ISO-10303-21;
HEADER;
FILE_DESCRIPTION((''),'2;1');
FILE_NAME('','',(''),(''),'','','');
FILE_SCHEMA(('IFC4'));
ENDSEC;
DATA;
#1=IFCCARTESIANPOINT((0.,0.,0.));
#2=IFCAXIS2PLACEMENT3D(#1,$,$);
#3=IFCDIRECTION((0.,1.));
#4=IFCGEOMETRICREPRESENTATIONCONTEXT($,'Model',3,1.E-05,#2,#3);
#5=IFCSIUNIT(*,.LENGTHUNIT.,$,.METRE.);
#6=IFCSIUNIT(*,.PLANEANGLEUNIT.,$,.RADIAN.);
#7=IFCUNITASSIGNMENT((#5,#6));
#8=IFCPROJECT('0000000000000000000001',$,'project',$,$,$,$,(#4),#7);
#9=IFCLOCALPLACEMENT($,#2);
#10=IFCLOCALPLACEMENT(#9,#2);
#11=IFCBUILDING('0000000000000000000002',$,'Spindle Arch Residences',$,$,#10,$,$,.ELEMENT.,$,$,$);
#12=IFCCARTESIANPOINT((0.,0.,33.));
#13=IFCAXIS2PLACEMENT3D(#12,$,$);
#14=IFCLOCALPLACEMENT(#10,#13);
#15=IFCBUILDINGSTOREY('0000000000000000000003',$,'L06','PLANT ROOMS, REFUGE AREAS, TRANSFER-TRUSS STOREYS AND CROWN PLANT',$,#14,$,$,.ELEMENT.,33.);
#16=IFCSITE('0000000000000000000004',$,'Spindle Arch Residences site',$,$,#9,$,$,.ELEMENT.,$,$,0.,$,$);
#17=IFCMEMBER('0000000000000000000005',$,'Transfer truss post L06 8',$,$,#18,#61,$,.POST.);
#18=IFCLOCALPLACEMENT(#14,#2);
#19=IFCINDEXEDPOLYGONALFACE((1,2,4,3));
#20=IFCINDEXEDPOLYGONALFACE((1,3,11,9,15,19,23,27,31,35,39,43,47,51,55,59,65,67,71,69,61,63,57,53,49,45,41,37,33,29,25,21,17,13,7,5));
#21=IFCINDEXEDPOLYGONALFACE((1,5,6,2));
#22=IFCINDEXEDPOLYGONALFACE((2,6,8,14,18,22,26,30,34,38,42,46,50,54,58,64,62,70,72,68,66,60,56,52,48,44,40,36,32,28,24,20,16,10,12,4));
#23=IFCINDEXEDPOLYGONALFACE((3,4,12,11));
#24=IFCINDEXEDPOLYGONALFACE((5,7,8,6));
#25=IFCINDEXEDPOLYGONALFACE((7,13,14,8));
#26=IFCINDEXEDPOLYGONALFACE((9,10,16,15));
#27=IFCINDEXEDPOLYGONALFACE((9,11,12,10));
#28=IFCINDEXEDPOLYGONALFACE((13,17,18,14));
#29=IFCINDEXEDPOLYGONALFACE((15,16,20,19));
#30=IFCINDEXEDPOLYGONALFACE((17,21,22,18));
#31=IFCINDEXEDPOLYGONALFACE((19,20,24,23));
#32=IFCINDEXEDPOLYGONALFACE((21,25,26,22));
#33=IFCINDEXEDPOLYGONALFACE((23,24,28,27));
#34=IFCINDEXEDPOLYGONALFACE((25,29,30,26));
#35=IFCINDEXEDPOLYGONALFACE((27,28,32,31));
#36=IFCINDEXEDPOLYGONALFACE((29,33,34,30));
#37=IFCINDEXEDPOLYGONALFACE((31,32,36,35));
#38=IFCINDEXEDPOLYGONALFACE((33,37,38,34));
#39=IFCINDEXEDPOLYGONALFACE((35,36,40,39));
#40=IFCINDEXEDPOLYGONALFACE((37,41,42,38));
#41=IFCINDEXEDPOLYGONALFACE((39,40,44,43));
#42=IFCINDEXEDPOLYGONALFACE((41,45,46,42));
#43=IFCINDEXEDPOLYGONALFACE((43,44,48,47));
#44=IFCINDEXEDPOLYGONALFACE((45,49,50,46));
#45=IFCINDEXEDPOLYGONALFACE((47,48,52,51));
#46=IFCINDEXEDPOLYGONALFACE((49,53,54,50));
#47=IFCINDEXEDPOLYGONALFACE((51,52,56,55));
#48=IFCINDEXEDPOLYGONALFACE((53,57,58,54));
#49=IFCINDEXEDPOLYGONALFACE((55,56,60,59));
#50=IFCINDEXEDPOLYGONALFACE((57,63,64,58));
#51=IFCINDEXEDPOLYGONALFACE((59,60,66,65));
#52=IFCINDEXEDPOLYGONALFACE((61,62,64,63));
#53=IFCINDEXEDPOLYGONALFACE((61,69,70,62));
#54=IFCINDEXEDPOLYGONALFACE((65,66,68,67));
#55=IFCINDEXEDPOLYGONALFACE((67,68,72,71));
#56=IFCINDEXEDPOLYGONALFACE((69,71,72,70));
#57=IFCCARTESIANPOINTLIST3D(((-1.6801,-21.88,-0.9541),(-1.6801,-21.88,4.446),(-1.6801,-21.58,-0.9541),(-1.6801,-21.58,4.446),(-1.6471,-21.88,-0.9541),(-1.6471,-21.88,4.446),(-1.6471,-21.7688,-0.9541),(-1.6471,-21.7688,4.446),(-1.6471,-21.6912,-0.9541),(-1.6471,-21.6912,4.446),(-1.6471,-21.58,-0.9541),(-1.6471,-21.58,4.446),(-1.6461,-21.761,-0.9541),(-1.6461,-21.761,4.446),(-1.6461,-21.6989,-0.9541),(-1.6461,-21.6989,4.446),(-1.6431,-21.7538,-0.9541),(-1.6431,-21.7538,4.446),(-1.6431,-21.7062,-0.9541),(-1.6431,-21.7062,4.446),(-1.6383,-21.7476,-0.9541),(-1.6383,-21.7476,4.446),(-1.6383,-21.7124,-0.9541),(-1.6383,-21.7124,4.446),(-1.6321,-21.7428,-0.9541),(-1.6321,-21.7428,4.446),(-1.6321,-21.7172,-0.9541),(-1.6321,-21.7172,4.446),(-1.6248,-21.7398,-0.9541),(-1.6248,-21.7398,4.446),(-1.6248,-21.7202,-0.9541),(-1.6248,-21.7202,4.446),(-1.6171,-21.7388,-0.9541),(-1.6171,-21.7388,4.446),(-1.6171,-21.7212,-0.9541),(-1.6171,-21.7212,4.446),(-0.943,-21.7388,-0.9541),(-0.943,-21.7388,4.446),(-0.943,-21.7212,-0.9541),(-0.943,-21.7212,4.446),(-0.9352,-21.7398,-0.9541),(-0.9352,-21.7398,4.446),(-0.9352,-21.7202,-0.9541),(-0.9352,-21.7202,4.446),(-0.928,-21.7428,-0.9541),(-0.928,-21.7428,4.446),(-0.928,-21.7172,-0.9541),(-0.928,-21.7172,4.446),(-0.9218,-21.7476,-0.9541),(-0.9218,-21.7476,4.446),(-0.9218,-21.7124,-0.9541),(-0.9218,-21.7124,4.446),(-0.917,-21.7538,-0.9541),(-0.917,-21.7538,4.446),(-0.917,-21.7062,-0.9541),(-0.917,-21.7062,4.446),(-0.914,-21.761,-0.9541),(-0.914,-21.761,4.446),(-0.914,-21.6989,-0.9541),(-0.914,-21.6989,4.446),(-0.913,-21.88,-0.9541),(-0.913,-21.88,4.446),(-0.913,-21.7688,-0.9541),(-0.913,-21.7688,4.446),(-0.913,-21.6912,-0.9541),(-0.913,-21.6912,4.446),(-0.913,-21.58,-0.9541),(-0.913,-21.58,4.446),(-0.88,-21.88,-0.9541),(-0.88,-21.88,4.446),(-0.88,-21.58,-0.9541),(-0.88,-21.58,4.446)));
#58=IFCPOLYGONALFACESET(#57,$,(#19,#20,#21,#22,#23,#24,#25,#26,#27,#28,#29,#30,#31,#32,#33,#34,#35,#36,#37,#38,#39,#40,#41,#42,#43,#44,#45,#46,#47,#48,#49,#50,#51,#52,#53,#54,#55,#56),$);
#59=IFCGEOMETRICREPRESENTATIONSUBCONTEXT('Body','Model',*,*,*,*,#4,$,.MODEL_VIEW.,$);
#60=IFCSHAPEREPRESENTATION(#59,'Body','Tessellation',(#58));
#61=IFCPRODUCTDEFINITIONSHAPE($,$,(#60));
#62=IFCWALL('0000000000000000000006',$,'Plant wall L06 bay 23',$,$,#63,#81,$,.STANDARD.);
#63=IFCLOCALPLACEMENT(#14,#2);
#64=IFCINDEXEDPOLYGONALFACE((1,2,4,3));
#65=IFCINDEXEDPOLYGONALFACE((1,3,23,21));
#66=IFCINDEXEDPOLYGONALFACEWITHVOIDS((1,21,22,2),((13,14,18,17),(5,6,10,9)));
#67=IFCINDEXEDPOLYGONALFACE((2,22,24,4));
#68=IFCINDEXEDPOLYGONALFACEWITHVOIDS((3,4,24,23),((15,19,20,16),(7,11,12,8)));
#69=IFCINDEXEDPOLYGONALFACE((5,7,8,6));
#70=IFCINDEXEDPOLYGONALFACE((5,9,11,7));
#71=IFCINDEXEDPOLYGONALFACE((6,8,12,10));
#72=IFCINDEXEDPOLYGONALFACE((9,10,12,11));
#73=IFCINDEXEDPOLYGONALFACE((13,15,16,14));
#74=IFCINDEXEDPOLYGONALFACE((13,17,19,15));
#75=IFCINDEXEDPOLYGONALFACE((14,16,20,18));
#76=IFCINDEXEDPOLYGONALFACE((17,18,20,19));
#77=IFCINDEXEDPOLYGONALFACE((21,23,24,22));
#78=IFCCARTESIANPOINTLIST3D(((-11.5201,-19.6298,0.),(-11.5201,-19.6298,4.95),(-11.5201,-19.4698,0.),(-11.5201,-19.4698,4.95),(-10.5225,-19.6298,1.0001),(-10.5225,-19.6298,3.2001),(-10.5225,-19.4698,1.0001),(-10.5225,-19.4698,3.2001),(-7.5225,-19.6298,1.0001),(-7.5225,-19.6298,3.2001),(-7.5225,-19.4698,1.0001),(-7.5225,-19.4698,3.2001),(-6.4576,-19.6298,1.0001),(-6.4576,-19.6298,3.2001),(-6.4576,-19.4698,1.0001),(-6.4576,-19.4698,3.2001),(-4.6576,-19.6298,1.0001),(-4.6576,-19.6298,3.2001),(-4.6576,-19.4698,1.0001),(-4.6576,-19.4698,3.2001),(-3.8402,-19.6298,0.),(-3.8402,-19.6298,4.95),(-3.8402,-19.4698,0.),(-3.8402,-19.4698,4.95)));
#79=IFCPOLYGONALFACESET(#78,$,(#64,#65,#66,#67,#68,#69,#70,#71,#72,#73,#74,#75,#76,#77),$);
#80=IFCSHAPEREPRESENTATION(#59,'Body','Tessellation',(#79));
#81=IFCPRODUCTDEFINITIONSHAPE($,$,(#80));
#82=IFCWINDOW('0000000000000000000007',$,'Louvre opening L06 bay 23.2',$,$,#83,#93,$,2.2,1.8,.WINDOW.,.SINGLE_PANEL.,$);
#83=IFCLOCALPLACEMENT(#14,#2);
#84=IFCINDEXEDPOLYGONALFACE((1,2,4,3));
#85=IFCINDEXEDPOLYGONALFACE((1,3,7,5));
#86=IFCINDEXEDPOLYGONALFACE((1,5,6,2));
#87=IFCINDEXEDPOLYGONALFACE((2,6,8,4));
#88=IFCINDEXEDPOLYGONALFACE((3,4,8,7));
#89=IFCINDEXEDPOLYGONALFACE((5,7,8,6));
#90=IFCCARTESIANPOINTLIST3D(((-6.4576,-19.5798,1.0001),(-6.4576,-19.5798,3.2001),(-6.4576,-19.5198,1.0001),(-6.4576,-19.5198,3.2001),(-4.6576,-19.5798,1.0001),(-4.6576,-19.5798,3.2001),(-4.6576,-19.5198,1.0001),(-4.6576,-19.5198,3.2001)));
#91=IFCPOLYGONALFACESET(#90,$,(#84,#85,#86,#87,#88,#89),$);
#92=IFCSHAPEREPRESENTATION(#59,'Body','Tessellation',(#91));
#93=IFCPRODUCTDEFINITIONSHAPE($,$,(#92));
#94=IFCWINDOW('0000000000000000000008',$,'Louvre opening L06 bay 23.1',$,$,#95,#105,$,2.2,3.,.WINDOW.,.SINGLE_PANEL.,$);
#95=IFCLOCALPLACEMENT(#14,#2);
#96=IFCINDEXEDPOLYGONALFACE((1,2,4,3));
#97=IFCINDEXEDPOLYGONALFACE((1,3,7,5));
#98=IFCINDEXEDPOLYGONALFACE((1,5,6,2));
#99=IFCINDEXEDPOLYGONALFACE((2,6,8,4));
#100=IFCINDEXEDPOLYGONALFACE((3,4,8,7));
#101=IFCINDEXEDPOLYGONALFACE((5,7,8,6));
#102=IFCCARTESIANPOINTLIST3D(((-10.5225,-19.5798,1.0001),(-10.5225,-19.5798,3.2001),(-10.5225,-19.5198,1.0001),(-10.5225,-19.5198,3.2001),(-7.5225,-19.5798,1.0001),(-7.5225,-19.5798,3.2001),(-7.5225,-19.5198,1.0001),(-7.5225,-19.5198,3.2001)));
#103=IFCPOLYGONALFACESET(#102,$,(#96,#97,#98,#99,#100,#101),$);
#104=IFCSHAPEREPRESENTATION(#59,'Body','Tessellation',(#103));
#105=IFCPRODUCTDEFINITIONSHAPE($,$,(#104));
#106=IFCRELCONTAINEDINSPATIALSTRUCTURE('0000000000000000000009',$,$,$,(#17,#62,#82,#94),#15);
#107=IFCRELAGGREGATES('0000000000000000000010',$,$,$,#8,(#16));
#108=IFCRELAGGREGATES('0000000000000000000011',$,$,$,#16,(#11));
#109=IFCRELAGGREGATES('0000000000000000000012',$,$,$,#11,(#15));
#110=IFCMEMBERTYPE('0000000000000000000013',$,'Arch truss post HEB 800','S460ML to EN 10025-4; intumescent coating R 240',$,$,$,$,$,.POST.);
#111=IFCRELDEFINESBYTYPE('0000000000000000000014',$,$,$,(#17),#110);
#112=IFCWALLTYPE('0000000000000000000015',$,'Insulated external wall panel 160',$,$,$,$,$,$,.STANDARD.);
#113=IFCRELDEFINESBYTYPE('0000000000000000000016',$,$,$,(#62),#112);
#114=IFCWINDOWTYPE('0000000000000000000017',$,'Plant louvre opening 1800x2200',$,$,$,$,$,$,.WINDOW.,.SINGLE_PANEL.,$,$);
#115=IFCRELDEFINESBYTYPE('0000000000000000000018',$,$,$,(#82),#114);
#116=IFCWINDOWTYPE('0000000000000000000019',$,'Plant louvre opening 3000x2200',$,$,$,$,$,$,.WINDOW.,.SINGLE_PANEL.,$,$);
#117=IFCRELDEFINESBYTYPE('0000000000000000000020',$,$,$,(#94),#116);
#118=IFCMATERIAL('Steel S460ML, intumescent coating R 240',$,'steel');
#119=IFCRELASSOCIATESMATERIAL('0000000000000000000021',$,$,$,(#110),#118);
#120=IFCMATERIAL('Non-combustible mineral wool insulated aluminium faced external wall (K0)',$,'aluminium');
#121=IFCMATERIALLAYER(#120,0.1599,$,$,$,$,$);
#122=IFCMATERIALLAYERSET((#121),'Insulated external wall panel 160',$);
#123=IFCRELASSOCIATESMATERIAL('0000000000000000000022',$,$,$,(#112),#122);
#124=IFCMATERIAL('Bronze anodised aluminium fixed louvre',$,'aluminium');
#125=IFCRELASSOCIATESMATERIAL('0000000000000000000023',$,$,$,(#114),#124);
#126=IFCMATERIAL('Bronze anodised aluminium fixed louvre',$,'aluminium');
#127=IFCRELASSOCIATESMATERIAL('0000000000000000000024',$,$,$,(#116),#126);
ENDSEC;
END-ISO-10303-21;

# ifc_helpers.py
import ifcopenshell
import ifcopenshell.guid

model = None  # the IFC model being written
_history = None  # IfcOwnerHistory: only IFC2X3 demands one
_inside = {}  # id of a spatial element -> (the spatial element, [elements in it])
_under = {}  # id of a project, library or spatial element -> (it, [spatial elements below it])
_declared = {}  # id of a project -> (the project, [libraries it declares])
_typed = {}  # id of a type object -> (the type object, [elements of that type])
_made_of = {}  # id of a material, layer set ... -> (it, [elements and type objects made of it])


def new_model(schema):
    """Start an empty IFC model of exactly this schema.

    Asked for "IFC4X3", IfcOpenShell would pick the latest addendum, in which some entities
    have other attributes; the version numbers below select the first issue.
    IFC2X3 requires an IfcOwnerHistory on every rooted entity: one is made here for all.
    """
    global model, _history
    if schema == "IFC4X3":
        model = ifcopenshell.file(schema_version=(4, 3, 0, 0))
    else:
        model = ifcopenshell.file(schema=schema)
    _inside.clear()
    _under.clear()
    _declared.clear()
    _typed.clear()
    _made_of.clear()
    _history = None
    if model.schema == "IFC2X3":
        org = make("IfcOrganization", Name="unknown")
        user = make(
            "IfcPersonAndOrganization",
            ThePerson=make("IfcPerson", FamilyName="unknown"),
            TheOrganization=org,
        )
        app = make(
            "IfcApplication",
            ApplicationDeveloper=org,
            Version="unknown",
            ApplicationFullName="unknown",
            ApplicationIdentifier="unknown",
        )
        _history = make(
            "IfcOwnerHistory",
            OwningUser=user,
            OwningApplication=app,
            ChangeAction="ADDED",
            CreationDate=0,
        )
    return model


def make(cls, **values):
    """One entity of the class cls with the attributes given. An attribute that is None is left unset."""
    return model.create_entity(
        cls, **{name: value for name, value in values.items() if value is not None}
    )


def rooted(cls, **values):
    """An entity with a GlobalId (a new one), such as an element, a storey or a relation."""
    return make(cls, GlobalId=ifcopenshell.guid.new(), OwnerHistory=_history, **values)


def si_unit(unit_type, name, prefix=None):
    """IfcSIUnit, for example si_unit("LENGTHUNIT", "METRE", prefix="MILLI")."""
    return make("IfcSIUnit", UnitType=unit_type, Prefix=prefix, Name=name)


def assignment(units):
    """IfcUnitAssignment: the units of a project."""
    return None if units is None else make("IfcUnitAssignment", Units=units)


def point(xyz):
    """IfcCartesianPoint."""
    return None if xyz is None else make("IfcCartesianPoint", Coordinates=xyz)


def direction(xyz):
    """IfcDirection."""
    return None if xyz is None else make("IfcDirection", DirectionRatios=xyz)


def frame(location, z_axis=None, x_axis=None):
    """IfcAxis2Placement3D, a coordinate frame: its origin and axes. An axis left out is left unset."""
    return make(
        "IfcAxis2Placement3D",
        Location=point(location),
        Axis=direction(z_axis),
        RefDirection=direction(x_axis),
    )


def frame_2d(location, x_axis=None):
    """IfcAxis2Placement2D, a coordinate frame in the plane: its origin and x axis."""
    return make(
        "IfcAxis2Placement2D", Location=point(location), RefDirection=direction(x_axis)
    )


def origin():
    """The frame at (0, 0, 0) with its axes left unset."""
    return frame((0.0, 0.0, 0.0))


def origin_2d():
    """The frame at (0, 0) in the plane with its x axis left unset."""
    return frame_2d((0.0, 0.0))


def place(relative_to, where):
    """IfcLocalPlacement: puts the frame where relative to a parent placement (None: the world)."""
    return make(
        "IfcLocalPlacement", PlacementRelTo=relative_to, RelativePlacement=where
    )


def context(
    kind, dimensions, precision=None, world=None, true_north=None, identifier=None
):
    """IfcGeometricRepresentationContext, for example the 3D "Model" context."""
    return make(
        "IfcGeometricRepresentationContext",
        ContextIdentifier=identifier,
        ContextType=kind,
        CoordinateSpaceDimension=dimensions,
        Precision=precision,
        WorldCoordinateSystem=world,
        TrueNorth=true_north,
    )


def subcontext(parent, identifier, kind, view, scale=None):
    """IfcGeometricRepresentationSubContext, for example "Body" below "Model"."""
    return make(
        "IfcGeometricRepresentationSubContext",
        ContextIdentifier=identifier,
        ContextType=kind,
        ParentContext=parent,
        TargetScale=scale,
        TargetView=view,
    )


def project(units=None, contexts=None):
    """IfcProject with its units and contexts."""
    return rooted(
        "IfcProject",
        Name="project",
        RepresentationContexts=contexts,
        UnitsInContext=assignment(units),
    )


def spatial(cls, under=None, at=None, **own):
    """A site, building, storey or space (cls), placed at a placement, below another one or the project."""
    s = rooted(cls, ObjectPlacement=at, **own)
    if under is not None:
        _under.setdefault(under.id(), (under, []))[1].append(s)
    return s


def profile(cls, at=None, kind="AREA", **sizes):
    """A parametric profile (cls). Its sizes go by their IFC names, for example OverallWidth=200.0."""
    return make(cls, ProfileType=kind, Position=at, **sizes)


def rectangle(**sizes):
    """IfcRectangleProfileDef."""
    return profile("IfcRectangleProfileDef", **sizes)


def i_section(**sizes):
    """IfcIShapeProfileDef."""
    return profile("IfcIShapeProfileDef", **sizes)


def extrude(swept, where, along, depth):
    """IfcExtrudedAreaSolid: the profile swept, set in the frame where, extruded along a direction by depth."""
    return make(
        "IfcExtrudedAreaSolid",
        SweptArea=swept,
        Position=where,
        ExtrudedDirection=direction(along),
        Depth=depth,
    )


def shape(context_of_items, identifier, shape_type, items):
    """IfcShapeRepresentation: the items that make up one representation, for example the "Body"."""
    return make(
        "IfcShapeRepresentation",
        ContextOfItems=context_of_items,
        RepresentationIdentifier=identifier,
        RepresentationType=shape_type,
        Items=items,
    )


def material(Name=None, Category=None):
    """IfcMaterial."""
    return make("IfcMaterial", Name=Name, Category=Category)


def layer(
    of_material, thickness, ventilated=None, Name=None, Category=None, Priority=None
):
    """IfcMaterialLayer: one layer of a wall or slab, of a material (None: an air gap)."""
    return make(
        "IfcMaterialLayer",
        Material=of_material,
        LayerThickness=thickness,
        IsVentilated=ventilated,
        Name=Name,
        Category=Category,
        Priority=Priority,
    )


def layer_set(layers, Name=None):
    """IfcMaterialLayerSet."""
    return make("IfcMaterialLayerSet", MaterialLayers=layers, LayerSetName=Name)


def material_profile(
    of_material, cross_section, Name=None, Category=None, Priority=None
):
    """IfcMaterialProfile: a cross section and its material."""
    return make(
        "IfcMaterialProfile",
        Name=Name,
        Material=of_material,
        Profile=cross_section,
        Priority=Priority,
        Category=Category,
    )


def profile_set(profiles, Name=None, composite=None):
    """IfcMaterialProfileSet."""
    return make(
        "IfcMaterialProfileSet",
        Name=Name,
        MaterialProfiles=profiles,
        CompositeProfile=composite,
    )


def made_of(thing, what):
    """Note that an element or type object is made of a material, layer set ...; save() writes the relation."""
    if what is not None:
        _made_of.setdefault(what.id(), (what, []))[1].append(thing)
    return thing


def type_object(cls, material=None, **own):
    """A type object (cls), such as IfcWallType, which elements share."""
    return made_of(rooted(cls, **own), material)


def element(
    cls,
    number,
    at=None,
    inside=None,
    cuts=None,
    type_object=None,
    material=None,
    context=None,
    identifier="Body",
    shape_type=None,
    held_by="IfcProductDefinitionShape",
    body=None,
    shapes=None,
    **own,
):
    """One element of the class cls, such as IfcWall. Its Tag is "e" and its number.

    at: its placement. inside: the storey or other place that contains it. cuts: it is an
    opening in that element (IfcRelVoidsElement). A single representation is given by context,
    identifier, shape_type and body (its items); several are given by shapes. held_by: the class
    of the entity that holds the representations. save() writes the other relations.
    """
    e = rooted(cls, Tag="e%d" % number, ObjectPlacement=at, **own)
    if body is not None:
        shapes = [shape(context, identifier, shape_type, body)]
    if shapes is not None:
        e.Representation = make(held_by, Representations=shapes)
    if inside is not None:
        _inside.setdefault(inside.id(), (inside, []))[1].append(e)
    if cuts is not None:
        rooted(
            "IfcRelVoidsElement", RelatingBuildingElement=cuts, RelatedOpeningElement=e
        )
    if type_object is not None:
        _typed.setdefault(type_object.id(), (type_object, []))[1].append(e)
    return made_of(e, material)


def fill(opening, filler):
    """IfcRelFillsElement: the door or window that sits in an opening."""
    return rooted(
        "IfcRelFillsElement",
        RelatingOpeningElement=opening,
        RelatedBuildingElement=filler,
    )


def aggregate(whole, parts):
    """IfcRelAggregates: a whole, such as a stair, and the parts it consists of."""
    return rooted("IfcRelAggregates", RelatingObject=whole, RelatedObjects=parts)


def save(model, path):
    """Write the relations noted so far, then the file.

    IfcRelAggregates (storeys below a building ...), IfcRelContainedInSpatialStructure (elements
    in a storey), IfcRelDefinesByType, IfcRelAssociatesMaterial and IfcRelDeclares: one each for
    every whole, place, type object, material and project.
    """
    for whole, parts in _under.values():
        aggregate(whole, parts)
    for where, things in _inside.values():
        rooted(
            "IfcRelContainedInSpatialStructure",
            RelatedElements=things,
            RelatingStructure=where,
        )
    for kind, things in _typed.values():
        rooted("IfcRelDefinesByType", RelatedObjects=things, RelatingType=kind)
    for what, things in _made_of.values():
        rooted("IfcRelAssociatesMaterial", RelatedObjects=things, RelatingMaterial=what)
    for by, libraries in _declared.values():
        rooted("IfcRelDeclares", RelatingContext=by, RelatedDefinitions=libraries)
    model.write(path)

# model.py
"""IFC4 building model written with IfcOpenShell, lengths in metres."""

from ifc_helpers import new_model, si_unit, direction, frame, frame_2d, origin, origin_2d, place, context, subcontext, project, spatial, rectangle, i_section, extrude, material, layer, layer_set, material_profile, profile_set, type_object, element, fill, save


model = new_model("IFC4")

# Units and contexts
model_context = context("Model", 3, precision=1e-05, world=origin(), true_north=direction((0.0, 1.0)))
body_context = subcontext(model_context, "Body", "Model", "MODEL_VIEW")
ifc_project = project(units=[si_unit("LENGTHUNIT", "METRE"), si_unit("PLANEANGLEUNIT", "RADIAN")], contexts=[model_context])

# Site, building, storey
site_placement = place(None, origin())
site = spatial("IfcSite", under=ifc_project, at=site_placement, Name="Spindle Arch Residences site", CompositionType="ELEMENT", RefElevation=0.0)
building_placement = place(site_placement, origin())
building = spatial("IfcBuilding", under=site, at=building_placement, Name="Spindle Arch Residences", CompositionType="ELEMENT")
storey_placement = place(building_placement, frame((0.0, 0.0, 33.0)))
storey = spatial("IfcBuildingStorey", under=building, at=storey_placement, Name="L06", Description="PLANT ROOMS, REFUGE AREAS, TRANSFER-TRUSS STOREYS AND CROWN PLANT", CompositionType="ELEMENT", Elevation=33.0)

# Member
ifc_material_1 = material(Name="Steel S460ML, intumescent coating R 240", Category="steel")
ifc_material_profile_1 = material_profile(ifc_material_1, i_section(OverallWidth=0.3, OverallDepth=0.8, WebThickness=0.0176, FlangeThickness=0.033, FilletRadius=0.03, at=origin_2d()), Name="HEB 800")
ifc_profile_set_1 = profile_set([ifc_material_profile_1], Name="Steel S460ML, intumescent coating R 240")
member_type_1 = type_object("IfcMemberType", Name="Arch truss post HEB 800", Description="S460ML to EN 10025-4; intumescent coating R 240", PredefinedType="POST", material=ifc_profile_set_1)
for number, where, z_axis, x_axis, name in (
    (1, (-1.28, -21.73, -0.9541), (0.0, 0.0, 1.0), (0.0, 1.0, 0.0), "Transfer truss post L06 8"),
):
    element("IfcMember", number, at=place(storey_placement, frame(where, z_axis=z_axis, x_axis=x_axis)), inside=storey, type_object=member_type_1, Name=name, PredefinedType="POST", context=body_context, shape_type="SweptSolid", body=[
        extrude(i_section(OverallWidth=0.3, OverallDepth=0.8, WebThickness=0.0176, FlangeThickness=0.033, FilletRadius=0.03, at=origin_2d()), origin(), (0.0, 0.0, 1.0), 5.4001),
    ])

# Wall, openings, windows
ifc_material_2 = material(Name="Non-combustible mineral wool insulated aluminium faced external wall (K0)", Category="aluminium")
ifc_layer = layer(ifc_material_2, 0.1599)
ifc_layer_set = layer_set([ifc_layer], Name="Insulated external wall panel 160")
wall_type = type_object("IfcWallType", Name="Insulated external wall panel 160", PredefinedType="STANDARD", material=ifc_layer_set)
wall_placement = place(storey_placement, frame((-11.52, -19.5498, 0.0), z_axis=(0.0, 0.0, 1.0), x_axis=(1.0, 0.0, 0.0)))
wall = element("IfcWall", 2, at=wall_placement, inside=storey, type_object=wall_type, Name="Plant wall L06 bay 23", PredefinedType="STANDARD", context=body_context, shape_type="SweptSolid", body=[
    extrude(rectangle(XDim=7.6799, YDim=0.1599, at=frame_2d((3.8398, 0.0))), origin(), (0.0, 0.0, 1.0), 4.95),
])
opening_1_placement = place(wall_placement, frame((0.9976, 0.0, 1.0)))
opening_1 = element("IfcOpeningElement", 3, at=opening_1_placement, cuts=wall, PredefinedType="OPENING", context=body_context, shape_type="SweptSolid", body=[
    extrude(rectangle(XDim=3.0, YDim=2.2, at=frame_2d((1.5, 1.1001))), frame((0.0, 0.0898, 0.0), z_axis=(0.0, -1.0, 0.0), x_axis=(1.0, 0.0, 0.0)), (0.0, 0.0, 1.0), 0.1799),
])
opening_2_placement = place(wall_placement, frame((5.0625, 0.0, 1.0)))
opening_2 = element("IfcOpeningElement", 4, at=opening_2_placement, cuts=wall, PredefinedType="OPENING", context=body_context, shape_type="SweptSolid", body=[
    extrude(rectangle(XDim=1.8, YDim=2.2, at=frame_2d((0.8999, 1.1001))), frame((0.0, 0.0898, 0.0), z_axis=(0.0, -1.0, 0.0), x_axis=(1.0, 0.0, 0.0)), (0.0, 0.0, 1.0), 0.1799),
])
ifc_material_3 = material(Name="Bronze anodised aluminium fixed louvre", Category="aluminium")
window_type_1 = type_object("IfcWindowType", Name="Plant louvre opening 1800x2200", PartitioningType="SINGLE_PANEL", PredefinedType="WINDOW", material=ifc_material_3)
window_1_placement = place(opening_2_placement, origin())
window_1 = element("IfcWindow", 5, at=window_1_placement, inside=storey, type_object=window_type_1, Name="Louvre opening L06 bay 23.2", OverallHeight=2.2, OverallWidth=1.8, PartitioningType="SINGLE_PANEL", PredefinedType="WINDOW", context=body_context, shape_type="SweptSolid", body=[
    extrude(rectangle(XDim=1.8, YDim=2.2, at=frame_2d((0.8999, 1.1001))), frame((0.0, 0.03, 0.0), z_axis=(0.0, -1.0, 0.0), x_axis=(1.0, 0.0, 0.0)), (0.0, 0.0, 1.0), 0.0601),
])
fill(opening_2, window_1)
ifc_material_4 = material(Name="Bronze anodised aluminium fixed louvre", Category="aluminium")
window_type_2 = type_object("IfcWindowType", Name="Plant louvre opening 3000x2200", PartitioningType="SINGLE_PANEL", PredefinedType="WINDOW", material=ifc_material_4)
window_2_placement = place(opening_1_placement, origin())
window_2 = element("IfcWindow", 6, at=window_2_placement, inside=storey, type_object=window_type_2, Name="Louvre opening L06 bay 23.1", OverallHeight=2.2, OverallWidth=3.0, PartitioningType="SINGLE_PANEL", PredefinedType="WINDOW", context=body_context, shape_type="SweptSolid", body=[
    extrude(rectangle(XDim=3.0, YDim=2.2, at=frame_2d((1.5, 1.1001))), frame((0.0, 0.03, 0.0), z_axis=(0.0, -1.0, 0.0), x_axis=(1.0, 0.0, 0.0)), (0.0, 0.0, 1.0), 0.0601),
])
fill(opening_1, window_2)

save(model, "model.ifc")
